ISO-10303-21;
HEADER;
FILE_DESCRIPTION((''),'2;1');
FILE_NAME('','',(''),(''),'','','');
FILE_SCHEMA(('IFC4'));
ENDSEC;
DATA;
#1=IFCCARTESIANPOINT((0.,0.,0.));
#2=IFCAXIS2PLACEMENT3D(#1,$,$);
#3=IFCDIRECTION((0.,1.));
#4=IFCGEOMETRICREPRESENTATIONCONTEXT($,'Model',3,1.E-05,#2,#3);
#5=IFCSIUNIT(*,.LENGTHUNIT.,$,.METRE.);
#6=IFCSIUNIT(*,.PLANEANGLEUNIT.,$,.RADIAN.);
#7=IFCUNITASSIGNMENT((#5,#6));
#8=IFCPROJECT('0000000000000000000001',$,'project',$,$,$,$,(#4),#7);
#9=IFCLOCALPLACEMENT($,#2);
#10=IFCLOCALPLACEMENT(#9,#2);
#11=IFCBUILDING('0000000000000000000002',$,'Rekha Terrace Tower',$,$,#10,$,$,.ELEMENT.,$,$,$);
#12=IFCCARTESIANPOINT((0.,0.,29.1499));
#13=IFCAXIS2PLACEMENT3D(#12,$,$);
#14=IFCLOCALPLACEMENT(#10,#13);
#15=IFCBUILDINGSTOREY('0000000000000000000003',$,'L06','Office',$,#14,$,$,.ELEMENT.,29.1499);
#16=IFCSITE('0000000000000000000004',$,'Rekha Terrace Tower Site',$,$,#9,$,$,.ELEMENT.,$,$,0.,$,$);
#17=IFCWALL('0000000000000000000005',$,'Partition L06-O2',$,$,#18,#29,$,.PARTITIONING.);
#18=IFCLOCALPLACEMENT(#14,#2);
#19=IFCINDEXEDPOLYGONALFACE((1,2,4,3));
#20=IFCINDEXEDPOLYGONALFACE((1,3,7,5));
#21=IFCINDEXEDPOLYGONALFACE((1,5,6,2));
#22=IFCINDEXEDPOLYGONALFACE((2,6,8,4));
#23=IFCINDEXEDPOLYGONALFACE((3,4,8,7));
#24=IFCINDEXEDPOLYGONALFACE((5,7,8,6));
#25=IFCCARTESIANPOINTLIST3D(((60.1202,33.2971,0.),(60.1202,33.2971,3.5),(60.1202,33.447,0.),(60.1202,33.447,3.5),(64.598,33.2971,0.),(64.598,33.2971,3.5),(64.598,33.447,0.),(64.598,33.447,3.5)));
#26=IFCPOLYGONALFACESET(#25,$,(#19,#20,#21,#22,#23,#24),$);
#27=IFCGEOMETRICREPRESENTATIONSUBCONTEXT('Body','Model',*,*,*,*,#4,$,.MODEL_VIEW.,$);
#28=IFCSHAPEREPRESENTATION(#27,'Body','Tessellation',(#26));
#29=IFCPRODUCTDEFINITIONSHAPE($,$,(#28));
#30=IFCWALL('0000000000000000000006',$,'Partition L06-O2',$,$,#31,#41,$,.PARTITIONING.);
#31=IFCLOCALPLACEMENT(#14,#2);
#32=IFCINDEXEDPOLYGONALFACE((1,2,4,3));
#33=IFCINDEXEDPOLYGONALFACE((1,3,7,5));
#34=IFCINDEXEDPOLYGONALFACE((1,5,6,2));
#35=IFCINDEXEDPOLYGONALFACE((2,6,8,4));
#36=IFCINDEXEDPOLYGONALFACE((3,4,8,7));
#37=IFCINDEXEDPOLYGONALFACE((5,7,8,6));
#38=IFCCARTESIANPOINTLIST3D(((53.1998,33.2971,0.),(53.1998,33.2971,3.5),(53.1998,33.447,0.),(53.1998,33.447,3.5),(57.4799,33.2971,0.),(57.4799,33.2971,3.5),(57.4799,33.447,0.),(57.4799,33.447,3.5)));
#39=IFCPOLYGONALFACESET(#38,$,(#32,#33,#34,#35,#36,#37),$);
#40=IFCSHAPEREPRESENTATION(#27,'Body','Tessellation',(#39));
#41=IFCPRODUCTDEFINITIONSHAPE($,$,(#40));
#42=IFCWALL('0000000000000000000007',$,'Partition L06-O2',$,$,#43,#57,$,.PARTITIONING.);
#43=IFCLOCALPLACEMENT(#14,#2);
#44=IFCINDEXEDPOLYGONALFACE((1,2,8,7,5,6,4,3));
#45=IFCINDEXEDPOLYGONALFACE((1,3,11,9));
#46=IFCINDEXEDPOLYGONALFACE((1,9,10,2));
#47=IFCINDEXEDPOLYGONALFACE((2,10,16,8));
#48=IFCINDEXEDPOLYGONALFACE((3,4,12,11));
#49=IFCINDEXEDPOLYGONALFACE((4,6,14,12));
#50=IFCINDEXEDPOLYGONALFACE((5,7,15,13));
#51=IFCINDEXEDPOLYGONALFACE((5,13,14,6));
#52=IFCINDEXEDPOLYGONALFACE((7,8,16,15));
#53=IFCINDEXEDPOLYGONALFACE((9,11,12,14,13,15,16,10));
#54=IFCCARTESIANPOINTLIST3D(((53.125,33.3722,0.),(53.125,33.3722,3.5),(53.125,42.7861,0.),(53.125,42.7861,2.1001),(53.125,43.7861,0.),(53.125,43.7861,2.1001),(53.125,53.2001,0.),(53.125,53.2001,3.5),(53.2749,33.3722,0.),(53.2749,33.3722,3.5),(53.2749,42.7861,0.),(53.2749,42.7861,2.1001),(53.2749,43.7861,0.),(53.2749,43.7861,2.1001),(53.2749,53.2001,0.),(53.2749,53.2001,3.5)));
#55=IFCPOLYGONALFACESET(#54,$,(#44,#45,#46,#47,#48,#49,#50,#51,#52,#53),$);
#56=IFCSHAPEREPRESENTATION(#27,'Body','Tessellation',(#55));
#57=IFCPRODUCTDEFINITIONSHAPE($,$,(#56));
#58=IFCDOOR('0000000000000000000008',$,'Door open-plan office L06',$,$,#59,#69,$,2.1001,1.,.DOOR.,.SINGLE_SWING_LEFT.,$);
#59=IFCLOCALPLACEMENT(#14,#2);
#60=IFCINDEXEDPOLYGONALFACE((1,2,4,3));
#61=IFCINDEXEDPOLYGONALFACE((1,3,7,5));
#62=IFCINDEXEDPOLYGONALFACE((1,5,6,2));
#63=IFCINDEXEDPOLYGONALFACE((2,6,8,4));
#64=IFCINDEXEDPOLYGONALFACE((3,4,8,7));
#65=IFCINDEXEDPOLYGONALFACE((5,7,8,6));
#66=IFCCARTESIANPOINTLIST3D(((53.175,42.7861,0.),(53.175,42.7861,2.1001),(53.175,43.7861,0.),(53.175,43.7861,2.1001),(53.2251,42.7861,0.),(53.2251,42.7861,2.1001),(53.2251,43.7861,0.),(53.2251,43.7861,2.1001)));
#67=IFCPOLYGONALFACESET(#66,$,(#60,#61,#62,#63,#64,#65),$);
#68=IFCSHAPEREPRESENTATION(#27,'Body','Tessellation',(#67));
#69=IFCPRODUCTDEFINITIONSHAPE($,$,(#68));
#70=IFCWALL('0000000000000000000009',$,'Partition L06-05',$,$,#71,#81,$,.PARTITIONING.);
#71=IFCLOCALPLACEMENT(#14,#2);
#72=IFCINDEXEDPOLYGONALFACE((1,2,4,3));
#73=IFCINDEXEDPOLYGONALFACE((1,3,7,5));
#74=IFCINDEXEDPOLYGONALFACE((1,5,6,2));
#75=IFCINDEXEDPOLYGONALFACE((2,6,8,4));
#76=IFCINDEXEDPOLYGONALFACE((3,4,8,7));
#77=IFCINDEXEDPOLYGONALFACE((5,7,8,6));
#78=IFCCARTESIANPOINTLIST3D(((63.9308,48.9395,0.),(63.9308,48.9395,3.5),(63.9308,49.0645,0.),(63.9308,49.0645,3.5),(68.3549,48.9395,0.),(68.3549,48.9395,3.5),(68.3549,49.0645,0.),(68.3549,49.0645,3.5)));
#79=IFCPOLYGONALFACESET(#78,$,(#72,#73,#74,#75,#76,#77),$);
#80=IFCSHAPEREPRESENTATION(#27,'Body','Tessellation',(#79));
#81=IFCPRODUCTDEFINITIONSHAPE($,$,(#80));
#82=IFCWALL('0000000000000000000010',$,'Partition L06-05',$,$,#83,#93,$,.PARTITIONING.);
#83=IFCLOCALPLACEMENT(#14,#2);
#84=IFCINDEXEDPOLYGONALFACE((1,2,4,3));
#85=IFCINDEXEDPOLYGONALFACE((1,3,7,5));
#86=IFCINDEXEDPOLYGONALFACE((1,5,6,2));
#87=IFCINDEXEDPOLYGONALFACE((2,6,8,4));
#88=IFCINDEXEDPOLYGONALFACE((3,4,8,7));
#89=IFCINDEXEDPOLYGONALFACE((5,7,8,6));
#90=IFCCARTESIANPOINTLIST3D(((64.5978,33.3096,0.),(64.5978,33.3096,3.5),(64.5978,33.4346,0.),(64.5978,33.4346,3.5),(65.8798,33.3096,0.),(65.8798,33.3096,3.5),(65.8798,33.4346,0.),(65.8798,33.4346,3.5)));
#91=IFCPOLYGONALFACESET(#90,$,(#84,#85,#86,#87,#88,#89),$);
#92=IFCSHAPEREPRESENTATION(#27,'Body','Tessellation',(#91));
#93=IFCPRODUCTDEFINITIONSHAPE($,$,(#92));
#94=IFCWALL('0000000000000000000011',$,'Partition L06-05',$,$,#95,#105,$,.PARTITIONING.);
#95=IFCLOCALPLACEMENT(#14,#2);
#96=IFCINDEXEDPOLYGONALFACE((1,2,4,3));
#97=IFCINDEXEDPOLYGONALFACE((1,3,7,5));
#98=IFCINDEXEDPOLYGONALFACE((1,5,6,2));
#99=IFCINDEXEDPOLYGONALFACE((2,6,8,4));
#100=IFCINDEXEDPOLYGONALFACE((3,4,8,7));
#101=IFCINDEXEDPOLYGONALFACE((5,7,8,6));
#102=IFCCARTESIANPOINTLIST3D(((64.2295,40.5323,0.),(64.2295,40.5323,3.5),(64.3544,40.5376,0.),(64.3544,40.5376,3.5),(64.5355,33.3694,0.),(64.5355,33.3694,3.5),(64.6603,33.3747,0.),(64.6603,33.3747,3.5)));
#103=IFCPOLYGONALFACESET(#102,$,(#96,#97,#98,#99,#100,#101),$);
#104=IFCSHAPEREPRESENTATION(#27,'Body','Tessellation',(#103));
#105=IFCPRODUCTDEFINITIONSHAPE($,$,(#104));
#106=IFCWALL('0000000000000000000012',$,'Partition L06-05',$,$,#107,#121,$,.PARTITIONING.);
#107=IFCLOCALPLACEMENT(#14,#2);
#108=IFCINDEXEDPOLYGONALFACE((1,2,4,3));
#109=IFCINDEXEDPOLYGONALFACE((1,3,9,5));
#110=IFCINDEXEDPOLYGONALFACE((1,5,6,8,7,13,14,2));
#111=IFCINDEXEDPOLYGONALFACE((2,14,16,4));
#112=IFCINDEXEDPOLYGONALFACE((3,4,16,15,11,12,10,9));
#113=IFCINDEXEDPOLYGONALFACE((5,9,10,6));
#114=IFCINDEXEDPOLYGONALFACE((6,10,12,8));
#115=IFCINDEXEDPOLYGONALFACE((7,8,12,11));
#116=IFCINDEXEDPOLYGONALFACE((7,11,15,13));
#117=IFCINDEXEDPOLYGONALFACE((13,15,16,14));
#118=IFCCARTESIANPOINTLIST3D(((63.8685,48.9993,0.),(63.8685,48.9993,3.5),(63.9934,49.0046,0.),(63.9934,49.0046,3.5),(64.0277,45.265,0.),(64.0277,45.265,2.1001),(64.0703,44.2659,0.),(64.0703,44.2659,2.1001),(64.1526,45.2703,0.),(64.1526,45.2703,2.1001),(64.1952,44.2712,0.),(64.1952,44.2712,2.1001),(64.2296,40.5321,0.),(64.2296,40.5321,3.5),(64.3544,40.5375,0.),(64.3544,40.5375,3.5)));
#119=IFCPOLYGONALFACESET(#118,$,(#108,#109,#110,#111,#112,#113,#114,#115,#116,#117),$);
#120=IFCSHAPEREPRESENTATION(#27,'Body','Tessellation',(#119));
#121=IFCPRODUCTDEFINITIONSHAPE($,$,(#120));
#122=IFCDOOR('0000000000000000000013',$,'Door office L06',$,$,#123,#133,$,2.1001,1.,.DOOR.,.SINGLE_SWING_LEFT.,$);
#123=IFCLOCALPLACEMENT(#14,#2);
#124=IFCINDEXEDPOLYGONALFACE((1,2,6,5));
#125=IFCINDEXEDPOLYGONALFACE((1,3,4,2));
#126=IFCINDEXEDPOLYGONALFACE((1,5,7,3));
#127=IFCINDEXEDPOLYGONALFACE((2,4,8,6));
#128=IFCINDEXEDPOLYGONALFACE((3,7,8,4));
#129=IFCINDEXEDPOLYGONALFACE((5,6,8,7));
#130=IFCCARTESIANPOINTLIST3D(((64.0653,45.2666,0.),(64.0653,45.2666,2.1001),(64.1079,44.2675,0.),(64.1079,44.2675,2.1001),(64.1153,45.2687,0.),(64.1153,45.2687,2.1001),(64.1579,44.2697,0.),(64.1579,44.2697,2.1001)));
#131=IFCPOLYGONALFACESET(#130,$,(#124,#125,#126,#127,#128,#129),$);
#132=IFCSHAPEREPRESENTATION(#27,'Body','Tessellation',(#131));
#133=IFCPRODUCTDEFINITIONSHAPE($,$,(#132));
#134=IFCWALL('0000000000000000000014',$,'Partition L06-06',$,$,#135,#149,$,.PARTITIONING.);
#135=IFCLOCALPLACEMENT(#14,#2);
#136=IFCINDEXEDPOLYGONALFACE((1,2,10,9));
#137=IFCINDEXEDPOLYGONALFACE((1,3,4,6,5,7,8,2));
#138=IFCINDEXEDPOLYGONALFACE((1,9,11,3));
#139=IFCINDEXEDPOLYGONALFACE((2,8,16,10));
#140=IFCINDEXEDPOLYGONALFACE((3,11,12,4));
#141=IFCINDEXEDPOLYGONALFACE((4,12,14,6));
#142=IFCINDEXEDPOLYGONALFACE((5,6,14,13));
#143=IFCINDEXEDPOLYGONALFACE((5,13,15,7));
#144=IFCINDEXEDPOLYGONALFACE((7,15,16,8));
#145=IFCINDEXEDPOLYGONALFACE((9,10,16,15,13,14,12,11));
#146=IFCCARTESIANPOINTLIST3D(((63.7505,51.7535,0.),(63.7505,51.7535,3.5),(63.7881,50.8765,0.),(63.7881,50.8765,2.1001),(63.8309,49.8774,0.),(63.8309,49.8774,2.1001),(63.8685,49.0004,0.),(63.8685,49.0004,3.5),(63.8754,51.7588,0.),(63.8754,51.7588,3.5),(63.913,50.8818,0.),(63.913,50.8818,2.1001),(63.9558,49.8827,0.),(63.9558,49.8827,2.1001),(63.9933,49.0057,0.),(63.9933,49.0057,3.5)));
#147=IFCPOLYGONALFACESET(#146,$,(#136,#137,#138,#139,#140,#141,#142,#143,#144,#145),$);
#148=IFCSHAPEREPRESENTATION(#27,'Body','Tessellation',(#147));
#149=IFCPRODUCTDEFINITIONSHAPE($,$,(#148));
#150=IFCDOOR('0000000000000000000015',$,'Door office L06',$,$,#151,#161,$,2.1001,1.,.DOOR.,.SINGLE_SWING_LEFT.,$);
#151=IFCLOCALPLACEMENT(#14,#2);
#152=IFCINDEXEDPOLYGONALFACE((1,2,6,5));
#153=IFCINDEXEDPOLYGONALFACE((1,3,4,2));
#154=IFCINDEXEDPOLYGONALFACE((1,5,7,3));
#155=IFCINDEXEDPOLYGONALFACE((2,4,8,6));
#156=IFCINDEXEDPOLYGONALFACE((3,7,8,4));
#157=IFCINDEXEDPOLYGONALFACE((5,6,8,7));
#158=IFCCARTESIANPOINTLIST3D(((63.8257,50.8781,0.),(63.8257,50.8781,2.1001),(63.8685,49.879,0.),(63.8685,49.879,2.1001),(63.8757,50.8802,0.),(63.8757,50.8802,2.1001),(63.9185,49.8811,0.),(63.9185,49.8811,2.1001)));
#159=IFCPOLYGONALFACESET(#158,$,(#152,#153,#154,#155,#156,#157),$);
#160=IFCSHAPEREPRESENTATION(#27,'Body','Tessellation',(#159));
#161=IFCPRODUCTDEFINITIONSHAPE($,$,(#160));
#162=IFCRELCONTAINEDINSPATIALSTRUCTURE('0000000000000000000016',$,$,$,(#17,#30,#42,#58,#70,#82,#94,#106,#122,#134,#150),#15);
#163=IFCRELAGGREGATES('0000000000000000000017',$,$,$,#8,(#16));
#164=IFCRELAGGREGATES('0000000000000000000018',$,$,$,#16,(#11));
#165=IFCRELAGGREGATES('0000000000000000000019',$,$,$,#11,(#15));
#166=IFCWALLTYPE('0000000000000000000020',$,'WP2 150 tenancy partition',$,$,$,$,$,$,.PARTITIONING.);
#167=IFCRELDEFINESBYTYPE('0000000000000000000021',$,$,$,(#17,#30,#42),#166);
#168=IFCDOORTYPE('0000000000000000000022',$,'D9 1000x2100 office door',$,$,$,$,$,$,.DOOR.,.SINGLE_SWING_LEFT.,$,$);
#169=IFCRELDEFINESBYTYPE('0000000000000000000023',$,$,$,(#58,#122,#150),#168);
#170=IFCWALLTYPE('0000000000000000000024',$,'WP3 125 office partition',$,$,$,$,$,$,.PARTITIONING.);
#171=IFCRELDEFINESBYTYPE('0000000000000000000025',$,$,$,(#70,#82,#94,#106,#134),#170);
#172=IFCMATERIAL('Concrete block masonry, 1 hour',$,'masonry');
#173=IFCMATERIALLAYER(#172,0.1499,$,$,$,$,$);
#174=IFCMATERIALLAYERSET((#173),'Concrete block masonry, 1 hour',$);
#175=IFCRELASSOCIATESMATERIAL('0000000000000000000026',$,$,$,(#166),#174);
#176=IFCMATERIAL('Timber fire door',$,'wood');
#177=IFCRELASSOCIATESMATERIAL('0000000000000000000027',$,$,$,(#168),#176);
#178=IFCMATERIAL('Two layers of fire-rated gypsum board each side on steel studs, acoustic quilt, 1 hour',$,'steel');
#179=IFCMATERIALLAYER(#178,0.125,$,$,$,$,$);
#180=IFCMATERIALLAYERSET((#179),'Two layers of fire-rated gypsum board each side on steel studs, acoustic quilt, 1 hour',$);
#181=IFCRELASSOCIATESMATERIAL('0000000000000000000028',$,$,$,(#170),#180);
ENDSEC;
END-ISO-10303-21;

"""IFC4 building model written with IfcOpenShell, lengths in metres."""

from ifc_helpers import new_model, si_unit, direction, frame, frame_2d, origin, place, context, subcontext, project, spatial, rectangle, extrude, material, layer, layer_set, type_object, element, fill, save


model = new_model("IFC4")

# Units and contexts
model_context = context("Model", 3, precision=1e-05, world=origin(), true_north=direction((0.0, 1.0)))
body_context = subcontext(model_context, "Body", "Model", "MODEL_VIEW")
ifc_project = project(units=[si_unit("LENGTHUNIT", "METRE"), si_unit("PLANEANGLEUNIT", "RADIAN")], contexts=[model_context])

# Site, building, storey
site_placement = place(None, origin())
site = spatial("IfcSite", under=ifc_project, at=site_placement, Name="Rekha Terrace Tower Site", CompositionType="ELEMENT", RefElevation=0.0)
building_placement = place(site_placement, origin())
building = spatial("IfcBuilding", under=site, at=building_placement, Name="Rekha Terrace Tower", CompositionType="ELEMENT")
storey_placement = place(building_placement, frame((0.0, 0.0, 29.1499)))
storey = spatial("IfcBuildingStorey", under=building, at=storey_placement, Name="L06", Description="Office", CompositionType="ELEMENT", Elevation=29.1499)

# Walls
ifc_material_1 = material(Name="Concrete block masonry, 1 hour", Category="masonry")
ifc_layer_1 = layer(ifc_material_1, 0.1499)
ifc_layer_set_1 = layer_set([ifc_layer_1], Name="Concrete block masonry, 1 hour")
wall_type_1 = type_object("IfcWallType", Name="WP2 150 tenancy partition", PredefinedType="PARTITIONING", material=ifc_layer_set_1)
wall_1_placement = place(storey_placement, frame((64.5979, 33.3721, 0.0), z_axis=(0.0, 0.0, 1.0), x_axis=(-1.0, 0.0, 0.0)))
element("IfcWall", 1, at=wall_1_placement, inside=storey, type_object=wall_type_1, Name="Partition L06-O2", PredefinedType="PARTITIONING", context=body_context, shape_type="SweptSolid", body=[
    extrude(rectangle(XDim=4.4778, YDim=0.1499, at=frame_2d((2.2388, 0.0))), origin(), (0.0, 0.0, 1.0), 3.5),
])
wall_2_placement = place(storey_placement, frame((57.48, 33.3721, 0.0), z_axis=(0.0, 0.0, 1.0), x_axis=(-1.0, 0.0, 0.0)))
element("IfcWall", 2, at=wall_2_placement, inside=storey, type_object=wall_type_1, Name="Partition L06-O2", PredefinedType="PARTITIONING", context=body_context, shape_type="SweptSolid", body=[
    extrude(rectangle(XDim=4.28, YDim=0.1499, at=frame_2d((2.1401, 0.0))), origin(), (0.0, 0.0, 1.0), 3.5),
])

# Wall, opening, door
wall_3_placement = place(storey_placement, frame((53.2, 33.3721, 0.0), z_axis=(0.0, 0.0, 1.0), x_axis=(0.0, 1.0, 0.0)))
wall_3 = element("IfcWall", 3, at=wall_3_placement, inside=storey, type_object=wall_type_1, Name="Partition L06-O2", PredefinedType="PARTITIONING", context=body_context, shape_type="SweptSolid", body=[
    extrude(rectangle(XDim=19.8279, YDim=0.1499, at=frame_2d((9.9141, 0.0))), origin(), (0.0, 0.0, 1.0), 3.5),
])
opening_1_placement = place(wall_3_placement, frame((9.4141, 0.0, 0.0)))
opening_1 = element("IfcOpeningElement", 4, at=opening_1_placement, cuts=wall_3, PredefinedType="OPENING", context=body_context, shape_type="SweptSolid", body=[
    extrude(rectangle(XDim=1.0, YDim=2.1001, at=frame_2d((0.5, 1.05))), frame((0.0, 0.085, 0.0), z_axis=(0.0, -1.0, 0.0), x_axis=(1.0, 0.0, 0.0)), (0.0, 0.0, 1.0), 0.1699),
])
ifc_material_2 = material(Name="Timber fire door", Category="wood")
door_type = type_object("IfcDoorType", Name="D9 1000x2100 office door", OperationType="SINGLE_SWING_LEFT", PredefinedType="DOOR", material=ifc_material_2)
door_1_placement = place(opening_1_placement, origin())
door_1 = element("IfcDoor", 5, at=door_1_placement, inside=storey, type_object=door_type, Name="Door open-plan office L06", OperationType="SINGLE_SWING_LEFT", OverallHeight=2.1001, OverallWidth=1.0, PredefinedType="DOOR", context=body_context, shape_type="SweptSolid", body=[
    extrude(rectangle(XDim=1.0, YDim=2.1001, at=frame_2d((0.5, 1.05))), frame((0.0, 0.0249, 0.0), z_axis=(0.0, -1.0, 0.0), x_axis=(1.0, 0.0, 0.0)), (0.0, 0.0, 1.0), 0.05),
])
fill(opening_1, door_1)

# Walls
ifc_material_3 = material(Name="Two layers of fire-rated gypsum board each side on steel studs, acoustic quilt, 1 hour", Category="steel")
ifc_layer_2 = layer(ifc_material_3, 0.125)
ifc_layer_set_2 = layer_set([ifc_layer_2], Name="Two layers of fire-rated gypsum board each side on steel studs, acoustic quilt, 1 hour")
wall_type_2 = type_object("IfcWallType", Name="WP3 125 office partition", PredefinedType="PARTITIONING", material=ifc_layer_set_2)
wall_4_placement = place(storey_placement, frame((63.9309, 49.002, 0.0), z_axis=(0.0, 0.0, 1.0), x_axis=(1.0, 0.0, 0.0)))
element("IfcWall", 6, at=wall_4_placement, inside=storey, type_object=wall_type_2, Name="Partition L06-05", PredefinedType="PARTITIONING", context=body_context, shape_type="SweptSolid", body=[
    extrude(rectangle(XDim=4.4241, YDim=0.125, at=frame_2d((2.2119, 0.0))), origin(), (0.0, 0.0, 1.0), 3.5),
])
wall_5_placement = place(storey_placement, frame((65.8799, 33.3721, 0.0), z_axis=(0.0, 0.0, 1.0), x_axis=(-1.0, 0.0, 0.0)))
element("IfcWall", 7, at=wall_5_placement, inside=storey, type_object=wall_type_2, Name="Partition L06-05", PredefinedType="PARTITIONING", context=body_context, shape_type="SweptSolid", body=[
    extrude(rectangle(XDim=1.282, YDim=0.125, at=frame_2d((0.6411, 0.0))), origin(), (0.0, 0.0, 1.0), 3.5),
])
wall_6_placement = place(storey_placement, frame((64.5979, 33.3721, 0.0), z_axis=(0.0, 0.0, 1.0), x_axis=(-0.042669, 0.999089, 0.0)))
element("IfcWall", 8, at=wall_6_placement, inside=storey, type_object=wall_type_2, Name="Partition L06-05", PredefinedType="PARTITIONING", context=body_context, shape_type="SweptSolid", body=[
    extrude(rectangle(XDim=7.1694, YDim=0.125, at=frame_2d((3.5847, 0.0))), origin(), (0.0, 0.0, 1.0), 3.5),
])

# Walls, openings, doors
wall_7_placement = place(storey_placement, frame((64.292, 40.5349, 0.0), z_axis=(0.0, 0.0, 1.0), x_axis=(-0.042607, 0.999092, 0.0)))
wall_7 = element("IfcWall", 9, at=wall_7_placement, inside=storey, type_object=wall_type_2, Name="Partition L06-05", PredefinedType="PARTITIONING", context=body_context, shape_type="SweptSolid", body=[
    extrude(rectangle(XDim=8.4749, YDim=0.125, at=frame_2d((4.2373, 0.0))), origin(), (0.0, 0.0, 1.0), 3.5),
])
opening_2_placement = place(wall_7_placement, frame((3.7371, 0.0, 0.0)))
opening_2 = element("IfcOpeningElement", 10, at=opening_2_placement, cuts=wall_7, PredefinedType="OPENING", context=body_context, shape_type="SweptSolid", body=[
    extrude(rectangle(XDim=1.0, YDim=2.1001, at=frame_2d((0.5, 1.05))), frame((0.0, 0.0725, 0.0), z_axis=(0.0, -1.0, 0.0), x_axis=(1.0, 0.0, 0.0)), (0.0, 0.0, 1.0), 0.145),
])
door_2_placement = place(opening_2_placement, origin())
door_2 = element("IfcDoor", 11, at=door_2_placement, inside=storey, type_object=door_type, Name="Door office L06", OperationType="SINGLE_SWING_LEFT", OverallHeight=2.1001, OverallWidth=1.0, PredefinedType="DOOR", context=body_context, shape_type="SweptSolid", body=[
    extrude(rectangle(XDim=1.0, YDim=2.1001, at=frame_2d((0.5, 1.05))), frame((0.0, 0.0249, 0.0), z_axis=(0.0, -1.0, 0.0), x_axis=(1.0, 0.0, 0.0)), (0.0, 0.0, 1.0), 0.05),
])
fill(opening_2, door_2)
wall_8_placement = place(storey_placement, frame((63.9309, 49.0029, 0.0), z_axis=(0.0, 0.0, 1.0), x_axis=(-0.042791, 0.999084, 0.0)))
wall_8 = element("IfcWall", 12, at=wall_8_placement, inside=storey, type_object=wall_type_2, Name="Partition L06-06", PredefinedType="PARTITIONING", context=body_context, shape_type="SweptSolid", body=[
    extrude(rectangle(XDim=2.7556, YDim=0.125, at=frame_2d((1.3779, 0.0))), origin(), (0.0, 0.0, 1.0), 3.5),
])
opening_3_placement = place(wall_8_placement, frame((0.8779, 0.0, 0.0)))
opening_3 = element("IfcOpeningElement", 13, at=opening_3_placement, cuts=wall_8, PredefinedType="OPENING", context=body_context, shape_type="SweptSolid", body=[
    extrude(rectangle(XDim=1.0, YDim=2.1001, at=frame_2d((0.5, 1.05))), frame((0.0, 0.0725, 0.0), z_axis=(0.0, -1.0, 0.0), x_axis=(1.0, 0.0, 0.0)), (0.0, 0.0, 1.0), 0.145),
])
door_3_placement = place(opening_3_placement, origin())
door_3 = element("IfcDoor", 14, at=door_3_placement, inside=storey, type_object=door_type, Name="Door office L06", OperationType="SINGLE_SWING_LEFT", OverallHeight=2.1001, OverallWidth=1.0, PredefinedType="DOOR", context=body_context, shape_type="SweptSolid", body=[
    extrude(rectangle(XDim=1.0, YDim=2.1001, at=frame_2d((0.5, 1.05))), frame((0.0, 0.0249, 0.0), z_axis=(0.0, -1.0, 0.0), x_axis=(1.0, 0.0, 0.0)), (0.0, 0.0, 1.0), 0.05),
])
fill(opening_3, door_3)

save(model, "model.ifc")
